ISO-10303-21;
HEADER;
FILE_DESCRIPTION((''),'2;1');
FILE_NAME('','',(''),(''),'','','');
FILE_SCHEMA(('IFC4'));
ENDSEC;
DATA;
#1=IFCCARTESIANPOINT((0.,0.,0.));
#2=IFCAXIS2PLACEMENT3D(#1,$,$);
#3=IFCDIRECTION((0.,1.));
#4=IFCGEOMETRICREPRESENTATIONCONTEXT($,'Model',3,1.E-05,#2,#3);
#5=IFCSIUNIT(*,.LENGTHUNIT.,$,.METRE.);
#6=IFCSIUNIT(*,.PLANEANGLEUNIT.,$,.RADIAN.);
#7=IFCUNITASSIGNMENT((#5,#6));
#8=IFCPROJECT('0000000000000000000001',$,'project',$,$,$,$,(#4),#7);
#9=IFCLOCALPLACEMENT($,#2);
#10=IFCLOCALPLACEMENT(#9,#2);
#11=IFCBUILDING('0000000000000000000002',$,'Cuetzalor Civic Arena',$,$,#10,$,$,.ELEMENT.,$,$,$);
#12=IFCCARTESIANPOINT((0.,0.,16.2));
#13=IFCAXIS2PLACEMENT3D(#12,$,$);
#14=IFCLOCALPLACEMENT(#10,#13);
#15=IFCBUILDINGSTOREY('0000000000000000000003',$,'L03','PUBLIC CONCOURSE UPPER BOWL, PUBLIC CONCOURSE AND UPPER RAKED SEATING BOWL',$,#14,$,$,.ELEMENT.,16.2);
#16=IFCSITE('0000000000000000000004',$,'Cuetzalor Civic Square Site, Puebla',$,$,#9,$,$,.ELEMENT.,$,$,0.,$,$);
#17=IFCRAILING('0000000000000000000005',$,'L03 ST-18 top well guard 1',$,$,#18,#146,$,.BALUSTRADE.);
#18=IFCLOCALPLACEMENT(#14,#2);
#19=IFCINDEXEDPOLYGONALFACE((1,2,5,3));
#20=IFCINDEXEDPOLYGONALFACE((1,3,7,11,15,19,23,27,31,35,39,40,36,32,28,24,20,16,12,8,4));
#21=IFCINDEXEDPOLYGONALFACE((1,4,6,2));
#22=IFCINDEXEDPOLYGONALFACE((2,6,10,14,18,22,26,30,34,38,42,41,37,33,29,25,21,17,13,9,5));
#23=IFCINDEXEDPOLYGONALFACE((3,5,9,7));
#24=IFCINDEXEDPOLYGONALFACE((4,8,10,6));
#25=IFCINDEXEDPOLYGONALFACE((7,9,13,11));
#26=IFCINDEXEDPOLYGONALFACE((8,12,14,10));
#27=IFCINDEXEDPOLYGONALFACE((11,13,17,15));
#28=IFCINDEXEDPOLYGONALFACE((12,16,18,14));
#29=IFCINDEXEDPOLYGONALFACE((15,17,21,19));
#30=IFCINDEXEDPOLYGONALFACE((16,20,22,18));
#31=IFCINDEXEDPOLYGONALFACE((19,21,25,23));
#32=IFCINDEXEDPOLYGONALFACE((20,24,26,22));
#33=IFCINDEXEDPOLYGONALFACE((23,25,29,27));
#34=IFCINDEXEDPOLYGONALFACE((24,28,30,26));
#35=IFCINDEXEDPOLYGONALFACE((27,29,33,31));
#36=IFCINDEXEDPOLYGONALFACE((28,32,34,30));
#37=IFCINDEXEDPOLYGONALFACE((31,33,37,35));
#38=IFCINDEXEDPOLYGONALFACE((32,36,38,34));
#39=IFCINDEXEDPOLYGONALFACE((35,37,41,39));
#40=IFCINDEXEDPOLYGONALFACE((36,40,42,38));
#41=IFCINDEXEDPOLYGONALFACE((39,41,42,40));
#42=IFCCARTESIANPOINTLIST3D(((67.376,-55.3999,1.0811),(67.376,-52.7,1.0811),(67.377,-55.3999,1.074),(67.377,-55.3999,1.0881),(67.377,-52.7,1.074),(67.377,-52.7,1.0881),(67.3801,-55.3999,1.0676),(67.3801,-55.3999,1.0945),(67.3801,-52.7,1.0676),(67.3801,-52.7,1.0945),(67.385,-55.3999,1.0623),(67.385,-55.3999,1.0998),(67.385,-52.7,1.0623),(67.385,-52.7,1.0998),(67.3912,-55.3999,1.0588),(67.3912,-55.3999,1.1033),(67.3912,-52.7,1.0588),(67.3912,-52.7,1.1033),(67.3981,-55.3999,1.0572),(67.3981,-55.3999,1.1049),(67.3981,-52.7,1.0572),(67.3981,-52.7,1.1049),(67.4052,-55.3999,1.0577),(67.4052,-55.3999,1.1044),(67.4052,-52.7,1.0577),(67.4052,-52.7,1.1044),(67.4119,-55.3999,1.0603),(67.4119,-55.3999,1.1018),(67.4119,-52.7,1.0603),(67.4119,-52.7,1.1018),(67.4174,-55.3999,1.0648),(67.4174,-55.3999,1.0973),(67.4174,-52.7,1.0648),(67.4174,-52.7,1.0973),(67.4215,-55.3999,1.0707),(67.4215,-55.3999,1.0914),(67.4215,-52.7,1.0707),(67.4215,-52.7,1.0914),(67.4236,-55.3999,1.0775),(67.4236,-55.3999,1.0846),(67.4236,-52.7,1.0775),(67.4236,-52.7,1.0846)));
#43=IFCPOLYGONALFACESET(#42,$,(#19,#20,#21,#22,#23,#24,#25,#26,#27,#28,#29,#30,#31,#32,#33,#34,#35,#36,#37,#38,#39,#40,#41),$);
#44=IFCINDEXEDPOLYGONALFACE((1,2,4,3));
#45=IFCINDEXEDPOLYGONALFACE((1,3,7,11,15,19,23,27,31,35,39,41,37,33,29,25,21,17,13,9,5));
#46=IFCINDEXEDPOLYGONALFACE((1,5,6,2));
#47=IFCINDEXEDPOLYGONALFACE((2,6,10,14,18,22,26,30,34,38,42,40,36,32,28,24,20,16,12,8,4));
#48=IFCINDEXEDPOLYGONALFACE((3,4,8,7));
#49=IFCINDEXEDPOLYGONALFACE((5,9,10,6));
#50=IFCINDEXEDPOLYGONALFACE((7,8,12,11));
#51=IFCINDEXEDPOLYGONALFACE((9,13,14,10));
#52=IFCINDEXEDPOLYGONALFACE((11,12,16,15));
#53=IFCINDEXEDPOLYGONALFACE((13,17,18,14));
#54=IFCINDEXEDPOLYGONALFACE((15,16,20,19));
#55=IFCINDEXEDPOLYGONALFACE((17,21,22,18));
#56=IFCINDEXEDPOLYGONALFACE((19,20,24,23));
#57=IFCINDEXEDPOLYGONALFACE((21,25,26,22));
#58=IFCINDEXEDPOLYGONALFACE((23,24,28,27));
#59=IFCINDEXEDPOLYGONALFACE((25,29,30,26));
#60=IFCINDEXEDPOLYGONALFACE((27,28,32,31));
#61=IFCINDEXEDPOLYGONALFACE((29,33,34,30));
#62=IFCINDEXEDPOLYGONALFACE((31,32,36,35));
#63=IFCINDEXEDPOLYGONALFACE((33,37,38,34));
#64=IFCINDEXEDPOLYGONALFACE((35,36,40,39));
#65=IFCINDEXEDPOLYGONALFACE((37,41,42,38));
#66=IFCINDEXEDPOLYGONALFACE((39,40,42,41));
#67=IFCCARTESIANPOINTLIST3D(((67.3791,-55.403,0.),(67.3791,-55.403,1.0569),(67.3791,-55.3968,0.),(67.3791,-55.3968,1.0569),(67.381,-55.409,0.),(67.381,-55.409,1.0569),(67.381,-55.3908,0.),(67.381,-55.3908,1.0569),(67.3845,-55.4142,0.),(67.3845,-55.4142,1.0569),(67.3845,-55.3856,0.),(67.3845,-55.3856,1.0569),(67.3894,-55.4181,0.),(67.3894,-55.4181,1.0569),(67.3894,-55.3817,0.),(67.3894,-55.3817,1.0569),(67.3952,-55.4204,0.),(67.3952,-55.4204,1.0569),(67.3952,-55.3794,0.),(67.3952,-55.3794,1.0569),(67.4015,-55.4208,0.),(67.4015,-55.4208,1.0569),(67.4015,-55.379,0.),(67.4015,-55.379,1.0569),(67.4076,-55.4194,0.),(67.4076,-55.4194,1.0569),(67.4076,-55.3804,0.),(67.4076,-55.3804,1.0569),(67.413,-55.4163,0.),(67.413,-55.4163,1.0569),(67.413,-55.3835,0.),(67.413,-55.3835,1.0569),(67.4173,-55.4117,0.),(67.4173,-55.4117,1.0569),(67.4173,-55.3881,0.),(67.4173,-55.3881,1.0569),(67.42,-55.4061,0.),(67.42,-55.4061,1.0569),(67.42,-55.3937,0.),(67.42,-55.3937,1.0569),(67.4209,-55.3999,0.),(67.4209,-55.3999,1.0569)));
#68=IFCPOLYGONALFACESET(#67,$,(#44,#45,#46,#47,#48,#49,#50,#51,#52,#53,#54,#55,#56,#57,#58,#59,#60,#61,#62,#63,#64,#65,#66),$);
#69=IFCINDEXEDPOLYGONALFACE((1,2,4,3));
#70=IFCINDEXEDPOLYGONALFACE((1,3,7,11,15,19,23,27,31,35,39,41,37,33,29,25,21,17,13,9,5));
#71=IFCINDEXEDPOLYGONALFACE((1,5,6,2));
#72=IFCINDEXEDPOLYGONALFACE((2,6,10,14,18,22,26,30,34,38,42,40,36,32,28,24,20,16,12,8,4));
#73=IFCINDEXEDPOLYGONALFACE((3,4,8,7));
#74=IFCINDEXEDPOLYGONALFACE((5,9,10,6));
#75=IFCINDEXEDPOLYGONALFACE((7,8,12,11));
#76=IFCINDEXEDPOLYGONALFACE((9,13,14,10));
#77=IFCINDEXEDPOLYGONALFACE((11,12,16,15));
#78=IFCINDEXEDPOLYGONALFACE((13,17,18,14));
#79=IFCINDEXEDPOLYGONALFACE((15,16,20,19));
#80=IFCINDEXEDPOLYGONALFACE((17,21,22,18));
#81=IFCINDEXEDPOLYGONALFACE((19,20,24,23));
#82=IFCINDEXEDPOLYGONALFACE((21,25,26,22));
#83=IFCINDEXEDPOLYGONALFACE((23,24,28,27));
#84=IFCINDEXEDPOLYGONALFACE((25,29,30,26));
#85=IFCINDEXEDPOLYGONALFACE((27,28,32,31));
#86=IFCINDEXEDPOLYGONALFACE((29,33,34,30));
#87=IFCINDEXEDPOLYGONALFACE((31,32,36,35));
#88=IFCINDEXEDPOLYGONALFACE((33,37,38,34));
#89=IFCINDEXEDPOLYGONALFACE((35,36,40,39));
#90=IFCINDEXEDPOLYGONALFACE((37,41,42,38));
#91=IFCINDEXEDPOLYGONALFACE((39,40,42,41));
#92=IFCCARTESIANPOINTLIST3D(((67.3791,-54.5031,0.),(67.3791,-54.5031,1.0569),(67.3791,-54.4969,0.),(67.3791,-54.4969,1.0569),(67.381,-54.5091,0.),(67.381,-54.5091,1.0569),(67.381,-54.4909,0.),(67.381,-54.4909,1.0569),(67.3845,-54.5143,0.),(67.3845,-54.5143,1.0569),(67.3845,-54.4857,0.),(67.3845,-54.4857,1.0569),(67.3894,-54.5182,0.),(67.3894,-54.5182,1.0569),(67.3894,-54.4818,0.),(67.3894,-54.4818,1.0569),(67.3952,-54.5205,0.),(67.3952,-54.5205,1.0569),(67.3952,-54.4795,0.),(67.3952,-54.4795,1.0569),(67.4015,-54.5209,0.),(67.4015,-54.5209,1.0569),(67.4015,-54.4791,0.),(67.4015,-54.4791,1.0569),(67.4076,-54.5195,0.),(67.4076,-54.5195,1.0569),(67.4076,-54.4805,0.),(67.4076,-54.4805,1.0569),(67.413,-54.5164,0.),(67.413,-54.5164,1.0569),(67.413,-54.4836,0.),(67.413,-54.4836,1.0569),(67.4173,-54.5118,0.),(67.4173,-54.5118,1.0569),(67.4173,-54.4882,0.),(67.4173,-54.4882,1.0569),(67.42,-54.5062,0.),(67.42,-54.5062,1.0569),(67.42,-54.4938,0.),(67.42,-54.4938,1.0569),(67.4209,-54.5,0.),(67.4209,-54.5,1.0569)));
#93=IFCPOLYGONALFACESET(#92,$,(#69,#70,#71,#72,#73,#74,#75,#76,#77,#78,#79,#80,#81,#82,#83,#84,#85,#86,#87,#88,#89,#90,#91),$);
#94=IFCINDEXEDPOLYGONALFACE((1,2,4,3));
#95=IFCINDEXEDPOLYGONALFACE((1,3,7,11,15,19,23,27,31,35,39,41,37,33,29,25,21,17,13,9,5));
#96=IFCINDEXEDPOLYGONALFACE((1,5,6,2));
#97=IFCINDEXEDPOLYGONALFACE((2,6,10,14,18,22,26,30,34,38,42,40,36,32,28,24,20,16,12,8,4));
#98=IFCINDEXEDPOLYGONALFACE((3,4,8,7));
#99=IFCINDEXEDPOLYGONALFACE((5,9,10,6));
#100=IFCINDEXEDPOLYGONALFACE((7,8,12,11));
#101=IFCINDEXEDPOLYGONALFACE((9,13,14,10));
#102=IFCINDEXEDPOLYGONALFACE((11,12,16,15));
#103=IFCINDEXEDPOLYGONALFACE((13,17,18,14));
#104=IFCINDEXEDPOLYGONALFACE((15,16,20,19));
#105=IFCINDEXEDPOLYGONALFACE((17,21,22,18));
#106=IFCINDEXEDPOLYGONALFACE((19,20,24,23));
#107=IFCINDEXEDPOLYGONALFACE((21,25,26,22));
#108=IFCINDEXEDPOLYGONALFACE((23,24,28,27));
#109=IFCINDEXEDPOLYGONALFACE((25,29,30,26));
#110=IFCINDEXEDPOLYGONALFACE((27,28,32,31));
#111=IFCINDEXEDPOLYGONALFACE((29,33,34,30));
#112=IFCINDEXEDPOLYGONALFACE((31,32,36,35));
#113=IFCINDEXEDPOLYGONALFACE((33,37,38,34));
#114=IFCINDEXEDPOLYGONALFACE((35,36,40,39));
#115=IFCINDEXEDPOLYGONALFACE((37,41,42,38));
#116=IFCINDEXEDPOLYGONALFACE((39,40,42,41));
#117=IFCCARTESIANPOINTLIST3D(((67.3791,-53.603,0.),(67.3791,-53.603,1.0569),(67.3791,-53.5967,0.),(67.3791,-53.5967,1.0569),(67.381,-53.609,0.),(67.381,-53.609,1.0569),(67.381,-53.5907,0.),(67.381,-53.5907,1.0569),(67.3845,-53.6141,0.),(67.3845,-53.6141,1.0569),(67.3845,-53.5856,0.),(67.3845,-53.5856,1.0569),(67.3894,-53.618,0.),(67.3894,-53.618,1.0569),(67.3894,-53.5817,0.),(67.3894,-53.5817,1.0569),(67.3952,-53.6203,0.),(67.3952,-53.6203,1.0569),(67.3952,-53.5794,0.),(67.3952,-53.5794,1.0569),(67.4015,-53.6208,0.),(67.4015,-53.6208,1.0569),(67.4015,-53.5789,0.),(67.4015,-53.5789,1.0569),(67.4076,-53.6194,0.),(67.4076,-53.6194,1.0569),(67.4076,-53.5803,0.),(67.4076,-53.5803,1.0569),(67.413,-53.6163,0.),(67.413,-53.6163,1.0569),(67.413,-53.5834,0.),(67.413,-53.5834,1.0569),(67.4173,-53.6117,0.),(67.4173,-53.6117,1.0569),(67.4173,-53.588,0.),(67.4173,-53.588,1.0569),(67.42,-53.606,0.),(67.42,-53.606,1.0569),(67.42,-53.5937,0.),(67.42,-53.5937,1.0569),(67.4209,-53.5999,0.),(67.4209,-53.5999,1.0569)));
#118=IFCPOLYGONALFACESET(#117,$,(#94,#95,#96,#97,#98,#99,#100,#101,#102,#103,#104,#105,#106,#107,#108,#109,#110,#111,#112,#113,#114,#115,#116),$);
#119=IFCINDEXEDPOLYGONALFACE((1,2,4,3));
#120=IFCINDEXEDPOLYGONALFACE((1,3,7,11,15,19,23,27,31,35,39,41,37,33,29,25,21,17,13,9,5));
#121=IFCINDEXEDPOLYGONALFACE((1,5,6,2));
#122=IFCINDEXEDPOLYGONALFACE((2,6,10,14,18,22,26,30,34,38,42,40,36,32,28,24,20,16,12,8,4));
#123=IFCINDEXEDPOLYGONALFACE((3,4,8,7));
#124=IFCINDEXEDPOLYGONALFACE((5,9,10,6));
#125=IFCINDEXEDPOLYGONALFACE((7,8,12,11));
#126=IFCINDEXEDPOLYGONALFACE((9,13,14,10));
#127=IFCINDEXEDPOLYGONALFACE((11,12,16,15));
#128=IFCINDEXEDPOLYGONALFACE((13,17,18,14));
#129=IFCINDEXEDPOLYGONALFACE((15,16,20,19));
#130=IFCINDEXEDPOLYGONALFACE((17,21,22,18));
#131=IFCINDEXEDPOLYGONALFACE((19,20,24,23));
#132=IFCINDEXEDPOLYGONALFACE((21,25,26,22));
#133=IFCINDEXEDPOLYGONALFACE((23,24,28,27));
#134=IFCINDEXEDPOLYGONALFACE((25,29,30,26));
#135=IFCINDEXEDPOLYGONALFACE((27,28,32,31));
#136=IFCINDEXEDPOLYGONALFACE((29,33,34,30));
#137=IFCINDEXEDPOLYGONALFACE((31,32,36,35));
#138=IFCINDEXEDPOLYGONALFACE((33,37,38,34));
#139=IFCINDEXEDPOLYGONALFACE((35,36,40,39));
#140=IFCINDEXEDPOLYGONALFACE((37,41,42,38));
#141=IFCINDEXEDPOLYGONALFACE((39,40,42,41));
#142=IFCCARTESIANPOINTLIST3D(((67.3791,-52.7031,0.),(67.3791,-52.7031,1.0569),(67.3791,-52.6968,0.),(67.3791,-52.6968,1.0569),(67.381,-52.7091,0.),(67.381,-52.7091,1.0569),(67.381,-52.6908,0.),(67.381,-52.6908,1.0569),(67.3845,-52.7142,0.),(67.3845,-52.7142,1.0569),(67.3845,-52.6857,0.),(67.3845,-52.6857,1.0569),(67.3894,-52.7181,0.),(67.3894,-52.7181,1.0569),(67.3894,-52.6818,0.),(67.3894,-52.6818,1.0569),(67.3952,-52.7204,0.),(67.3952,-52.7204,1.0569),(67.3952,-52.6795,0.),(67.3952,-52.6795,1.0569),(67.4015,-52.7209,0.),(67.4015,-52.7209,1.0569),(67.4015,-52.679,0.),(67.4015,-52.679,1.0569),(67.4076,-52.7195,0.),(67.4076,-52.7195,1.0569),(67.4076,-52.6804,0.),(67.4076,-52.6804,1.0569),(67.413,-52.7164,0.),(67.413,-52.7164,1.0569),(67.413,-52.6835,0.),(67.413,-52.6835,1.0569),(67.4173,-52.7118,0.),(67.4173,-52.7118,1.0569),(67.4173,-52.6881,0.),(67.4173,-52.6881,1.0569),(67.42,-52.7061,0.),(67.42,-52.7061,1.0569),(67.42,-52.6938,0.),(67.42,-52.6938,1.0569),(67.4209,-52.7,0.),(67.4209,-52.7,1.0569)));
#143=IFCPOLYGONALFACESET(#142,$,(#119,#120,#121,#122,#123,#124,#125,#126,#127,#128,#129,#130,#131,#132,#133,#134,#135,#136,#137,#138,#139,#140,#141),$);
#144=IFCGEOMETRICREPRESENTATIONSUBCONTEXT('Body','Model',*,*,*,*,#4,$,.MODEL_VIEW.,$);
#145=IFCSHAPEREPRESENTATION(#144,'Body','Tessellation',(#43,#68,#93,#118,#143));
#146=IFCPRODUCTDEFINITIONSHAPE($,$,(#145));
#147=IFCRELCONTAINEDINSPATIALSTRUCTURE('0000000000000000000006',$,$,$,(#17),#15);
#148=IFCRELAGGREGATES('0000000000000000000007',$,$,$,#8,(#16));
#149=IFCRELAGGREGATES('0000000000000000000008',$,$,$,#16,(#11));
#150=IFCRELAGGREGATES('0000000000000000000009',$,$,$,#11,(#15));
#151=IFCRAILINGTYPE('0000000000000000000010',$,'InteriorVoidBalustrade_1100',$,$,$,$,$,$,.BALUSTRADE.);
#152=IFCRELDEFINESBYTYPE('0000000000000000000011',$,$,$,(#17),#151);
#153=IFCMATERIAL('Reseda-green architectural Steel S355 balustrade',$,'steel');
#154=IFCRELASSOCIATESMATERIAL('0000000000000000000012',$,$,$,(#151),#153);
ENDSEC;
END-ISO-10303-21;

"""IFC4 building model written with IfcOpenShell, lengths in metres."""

from ifc_helpers import new_model, si_unit, direction, frame, origin, origin_2d, place, context, subcontext, project, spatial, circle, extrude, material, type_object, element, save


model = new_model("IFC4")

# Units and contexts
model_context = context("Model", 3, precision=1e-05, world=origin(), true_north=direction((0.0, 1.0)))
body_context = subcontext(model_context, "Body", "Model", "MODEL_VIEW")
ifc_project = project(units=[si_unit("LENGTHUNIT", "METRE"), si_unit("PLANEANGLEUNIT", "RADIAN")], contexts=[model_context])

# Site, building, storey
site_placement = place(None, origin())
site = spatial("IfcSite", under=ifc_project, at=site_placement, Name="Cuetzalor Civic Square Site, Puebla", CompositionType="ELEMENT", RefElevation=0.0)
building_placement = place(site_placement, origin())
building = spatial("IfcBuilding", under=site, at=building_placement, Name="Cuetzalor Civic Arena", CompositionType="ELEMENT")
storey_placement = place(building_placement, frame((0.0, 0.0, 16.2)))
storey = spatial("IfcBuildingStorey", under=building, at=storey_placement, Name="L03", Description="PUBLIC CONCOURSE UPPER BOWL, PUBLIC CONCOURSE AND UPPER RAKED SEATING BOWL", CompositionType="ELEMENT", Elevation=16.2)

# Railing
ifc_material_1 = material(Name="Reseda-green architectural Steel S355 balustrade", Category="steel")
railing_type = type_object("IfcRailingType", Name="InteriorVoidBalustrade_1100", PredefinedType="BALUSTRADE", material=ifc_material_1)
railing_placement = place(storey_placement, frame((67.3999, -55.3999, 0.0)))
element("IfcRailing", 1, at=railing_placement, inside=storey, type_object=railing_type, Name="L03 ST-18 top well guard 1", PredefinedType="BALUSTRADE", context=body_context, shape_type="SweptSolid", body=[
    extrude(circle(Radius=0.0239, at=origin_2d()), frame((0.0, 0.0, 1.0811), z_axis=(0.0, 1.0, 0.0), x_axis=(-1.0, 0.0, 0.0)), (0.0, 0.0, 1.0), 2.7),
    extrude(circle(Radius=0.021, at=origin_2d()), origin(), (0.0, 0.0, 1.0), 1.0569),
    extrude(circle(Radius=0.021, at=origin_2d()), frame((0.0, 0.8999, 0.0)), (0.0, 0.0, 1.0), 1.0569),
    extrude(circle(Radius=0.021, at=origin_2d()), frame((0.0, 1.8, 0.0)), (0.0, 0.0, 1.0), 1.0569),
    extrude(circle(Radius=0.021, at=origin_2d()), frame((0.0, 2.7, 0.0)), (0.0, 0.0, 1.0), 1.0569),
])

save(model, "model.ifc")
